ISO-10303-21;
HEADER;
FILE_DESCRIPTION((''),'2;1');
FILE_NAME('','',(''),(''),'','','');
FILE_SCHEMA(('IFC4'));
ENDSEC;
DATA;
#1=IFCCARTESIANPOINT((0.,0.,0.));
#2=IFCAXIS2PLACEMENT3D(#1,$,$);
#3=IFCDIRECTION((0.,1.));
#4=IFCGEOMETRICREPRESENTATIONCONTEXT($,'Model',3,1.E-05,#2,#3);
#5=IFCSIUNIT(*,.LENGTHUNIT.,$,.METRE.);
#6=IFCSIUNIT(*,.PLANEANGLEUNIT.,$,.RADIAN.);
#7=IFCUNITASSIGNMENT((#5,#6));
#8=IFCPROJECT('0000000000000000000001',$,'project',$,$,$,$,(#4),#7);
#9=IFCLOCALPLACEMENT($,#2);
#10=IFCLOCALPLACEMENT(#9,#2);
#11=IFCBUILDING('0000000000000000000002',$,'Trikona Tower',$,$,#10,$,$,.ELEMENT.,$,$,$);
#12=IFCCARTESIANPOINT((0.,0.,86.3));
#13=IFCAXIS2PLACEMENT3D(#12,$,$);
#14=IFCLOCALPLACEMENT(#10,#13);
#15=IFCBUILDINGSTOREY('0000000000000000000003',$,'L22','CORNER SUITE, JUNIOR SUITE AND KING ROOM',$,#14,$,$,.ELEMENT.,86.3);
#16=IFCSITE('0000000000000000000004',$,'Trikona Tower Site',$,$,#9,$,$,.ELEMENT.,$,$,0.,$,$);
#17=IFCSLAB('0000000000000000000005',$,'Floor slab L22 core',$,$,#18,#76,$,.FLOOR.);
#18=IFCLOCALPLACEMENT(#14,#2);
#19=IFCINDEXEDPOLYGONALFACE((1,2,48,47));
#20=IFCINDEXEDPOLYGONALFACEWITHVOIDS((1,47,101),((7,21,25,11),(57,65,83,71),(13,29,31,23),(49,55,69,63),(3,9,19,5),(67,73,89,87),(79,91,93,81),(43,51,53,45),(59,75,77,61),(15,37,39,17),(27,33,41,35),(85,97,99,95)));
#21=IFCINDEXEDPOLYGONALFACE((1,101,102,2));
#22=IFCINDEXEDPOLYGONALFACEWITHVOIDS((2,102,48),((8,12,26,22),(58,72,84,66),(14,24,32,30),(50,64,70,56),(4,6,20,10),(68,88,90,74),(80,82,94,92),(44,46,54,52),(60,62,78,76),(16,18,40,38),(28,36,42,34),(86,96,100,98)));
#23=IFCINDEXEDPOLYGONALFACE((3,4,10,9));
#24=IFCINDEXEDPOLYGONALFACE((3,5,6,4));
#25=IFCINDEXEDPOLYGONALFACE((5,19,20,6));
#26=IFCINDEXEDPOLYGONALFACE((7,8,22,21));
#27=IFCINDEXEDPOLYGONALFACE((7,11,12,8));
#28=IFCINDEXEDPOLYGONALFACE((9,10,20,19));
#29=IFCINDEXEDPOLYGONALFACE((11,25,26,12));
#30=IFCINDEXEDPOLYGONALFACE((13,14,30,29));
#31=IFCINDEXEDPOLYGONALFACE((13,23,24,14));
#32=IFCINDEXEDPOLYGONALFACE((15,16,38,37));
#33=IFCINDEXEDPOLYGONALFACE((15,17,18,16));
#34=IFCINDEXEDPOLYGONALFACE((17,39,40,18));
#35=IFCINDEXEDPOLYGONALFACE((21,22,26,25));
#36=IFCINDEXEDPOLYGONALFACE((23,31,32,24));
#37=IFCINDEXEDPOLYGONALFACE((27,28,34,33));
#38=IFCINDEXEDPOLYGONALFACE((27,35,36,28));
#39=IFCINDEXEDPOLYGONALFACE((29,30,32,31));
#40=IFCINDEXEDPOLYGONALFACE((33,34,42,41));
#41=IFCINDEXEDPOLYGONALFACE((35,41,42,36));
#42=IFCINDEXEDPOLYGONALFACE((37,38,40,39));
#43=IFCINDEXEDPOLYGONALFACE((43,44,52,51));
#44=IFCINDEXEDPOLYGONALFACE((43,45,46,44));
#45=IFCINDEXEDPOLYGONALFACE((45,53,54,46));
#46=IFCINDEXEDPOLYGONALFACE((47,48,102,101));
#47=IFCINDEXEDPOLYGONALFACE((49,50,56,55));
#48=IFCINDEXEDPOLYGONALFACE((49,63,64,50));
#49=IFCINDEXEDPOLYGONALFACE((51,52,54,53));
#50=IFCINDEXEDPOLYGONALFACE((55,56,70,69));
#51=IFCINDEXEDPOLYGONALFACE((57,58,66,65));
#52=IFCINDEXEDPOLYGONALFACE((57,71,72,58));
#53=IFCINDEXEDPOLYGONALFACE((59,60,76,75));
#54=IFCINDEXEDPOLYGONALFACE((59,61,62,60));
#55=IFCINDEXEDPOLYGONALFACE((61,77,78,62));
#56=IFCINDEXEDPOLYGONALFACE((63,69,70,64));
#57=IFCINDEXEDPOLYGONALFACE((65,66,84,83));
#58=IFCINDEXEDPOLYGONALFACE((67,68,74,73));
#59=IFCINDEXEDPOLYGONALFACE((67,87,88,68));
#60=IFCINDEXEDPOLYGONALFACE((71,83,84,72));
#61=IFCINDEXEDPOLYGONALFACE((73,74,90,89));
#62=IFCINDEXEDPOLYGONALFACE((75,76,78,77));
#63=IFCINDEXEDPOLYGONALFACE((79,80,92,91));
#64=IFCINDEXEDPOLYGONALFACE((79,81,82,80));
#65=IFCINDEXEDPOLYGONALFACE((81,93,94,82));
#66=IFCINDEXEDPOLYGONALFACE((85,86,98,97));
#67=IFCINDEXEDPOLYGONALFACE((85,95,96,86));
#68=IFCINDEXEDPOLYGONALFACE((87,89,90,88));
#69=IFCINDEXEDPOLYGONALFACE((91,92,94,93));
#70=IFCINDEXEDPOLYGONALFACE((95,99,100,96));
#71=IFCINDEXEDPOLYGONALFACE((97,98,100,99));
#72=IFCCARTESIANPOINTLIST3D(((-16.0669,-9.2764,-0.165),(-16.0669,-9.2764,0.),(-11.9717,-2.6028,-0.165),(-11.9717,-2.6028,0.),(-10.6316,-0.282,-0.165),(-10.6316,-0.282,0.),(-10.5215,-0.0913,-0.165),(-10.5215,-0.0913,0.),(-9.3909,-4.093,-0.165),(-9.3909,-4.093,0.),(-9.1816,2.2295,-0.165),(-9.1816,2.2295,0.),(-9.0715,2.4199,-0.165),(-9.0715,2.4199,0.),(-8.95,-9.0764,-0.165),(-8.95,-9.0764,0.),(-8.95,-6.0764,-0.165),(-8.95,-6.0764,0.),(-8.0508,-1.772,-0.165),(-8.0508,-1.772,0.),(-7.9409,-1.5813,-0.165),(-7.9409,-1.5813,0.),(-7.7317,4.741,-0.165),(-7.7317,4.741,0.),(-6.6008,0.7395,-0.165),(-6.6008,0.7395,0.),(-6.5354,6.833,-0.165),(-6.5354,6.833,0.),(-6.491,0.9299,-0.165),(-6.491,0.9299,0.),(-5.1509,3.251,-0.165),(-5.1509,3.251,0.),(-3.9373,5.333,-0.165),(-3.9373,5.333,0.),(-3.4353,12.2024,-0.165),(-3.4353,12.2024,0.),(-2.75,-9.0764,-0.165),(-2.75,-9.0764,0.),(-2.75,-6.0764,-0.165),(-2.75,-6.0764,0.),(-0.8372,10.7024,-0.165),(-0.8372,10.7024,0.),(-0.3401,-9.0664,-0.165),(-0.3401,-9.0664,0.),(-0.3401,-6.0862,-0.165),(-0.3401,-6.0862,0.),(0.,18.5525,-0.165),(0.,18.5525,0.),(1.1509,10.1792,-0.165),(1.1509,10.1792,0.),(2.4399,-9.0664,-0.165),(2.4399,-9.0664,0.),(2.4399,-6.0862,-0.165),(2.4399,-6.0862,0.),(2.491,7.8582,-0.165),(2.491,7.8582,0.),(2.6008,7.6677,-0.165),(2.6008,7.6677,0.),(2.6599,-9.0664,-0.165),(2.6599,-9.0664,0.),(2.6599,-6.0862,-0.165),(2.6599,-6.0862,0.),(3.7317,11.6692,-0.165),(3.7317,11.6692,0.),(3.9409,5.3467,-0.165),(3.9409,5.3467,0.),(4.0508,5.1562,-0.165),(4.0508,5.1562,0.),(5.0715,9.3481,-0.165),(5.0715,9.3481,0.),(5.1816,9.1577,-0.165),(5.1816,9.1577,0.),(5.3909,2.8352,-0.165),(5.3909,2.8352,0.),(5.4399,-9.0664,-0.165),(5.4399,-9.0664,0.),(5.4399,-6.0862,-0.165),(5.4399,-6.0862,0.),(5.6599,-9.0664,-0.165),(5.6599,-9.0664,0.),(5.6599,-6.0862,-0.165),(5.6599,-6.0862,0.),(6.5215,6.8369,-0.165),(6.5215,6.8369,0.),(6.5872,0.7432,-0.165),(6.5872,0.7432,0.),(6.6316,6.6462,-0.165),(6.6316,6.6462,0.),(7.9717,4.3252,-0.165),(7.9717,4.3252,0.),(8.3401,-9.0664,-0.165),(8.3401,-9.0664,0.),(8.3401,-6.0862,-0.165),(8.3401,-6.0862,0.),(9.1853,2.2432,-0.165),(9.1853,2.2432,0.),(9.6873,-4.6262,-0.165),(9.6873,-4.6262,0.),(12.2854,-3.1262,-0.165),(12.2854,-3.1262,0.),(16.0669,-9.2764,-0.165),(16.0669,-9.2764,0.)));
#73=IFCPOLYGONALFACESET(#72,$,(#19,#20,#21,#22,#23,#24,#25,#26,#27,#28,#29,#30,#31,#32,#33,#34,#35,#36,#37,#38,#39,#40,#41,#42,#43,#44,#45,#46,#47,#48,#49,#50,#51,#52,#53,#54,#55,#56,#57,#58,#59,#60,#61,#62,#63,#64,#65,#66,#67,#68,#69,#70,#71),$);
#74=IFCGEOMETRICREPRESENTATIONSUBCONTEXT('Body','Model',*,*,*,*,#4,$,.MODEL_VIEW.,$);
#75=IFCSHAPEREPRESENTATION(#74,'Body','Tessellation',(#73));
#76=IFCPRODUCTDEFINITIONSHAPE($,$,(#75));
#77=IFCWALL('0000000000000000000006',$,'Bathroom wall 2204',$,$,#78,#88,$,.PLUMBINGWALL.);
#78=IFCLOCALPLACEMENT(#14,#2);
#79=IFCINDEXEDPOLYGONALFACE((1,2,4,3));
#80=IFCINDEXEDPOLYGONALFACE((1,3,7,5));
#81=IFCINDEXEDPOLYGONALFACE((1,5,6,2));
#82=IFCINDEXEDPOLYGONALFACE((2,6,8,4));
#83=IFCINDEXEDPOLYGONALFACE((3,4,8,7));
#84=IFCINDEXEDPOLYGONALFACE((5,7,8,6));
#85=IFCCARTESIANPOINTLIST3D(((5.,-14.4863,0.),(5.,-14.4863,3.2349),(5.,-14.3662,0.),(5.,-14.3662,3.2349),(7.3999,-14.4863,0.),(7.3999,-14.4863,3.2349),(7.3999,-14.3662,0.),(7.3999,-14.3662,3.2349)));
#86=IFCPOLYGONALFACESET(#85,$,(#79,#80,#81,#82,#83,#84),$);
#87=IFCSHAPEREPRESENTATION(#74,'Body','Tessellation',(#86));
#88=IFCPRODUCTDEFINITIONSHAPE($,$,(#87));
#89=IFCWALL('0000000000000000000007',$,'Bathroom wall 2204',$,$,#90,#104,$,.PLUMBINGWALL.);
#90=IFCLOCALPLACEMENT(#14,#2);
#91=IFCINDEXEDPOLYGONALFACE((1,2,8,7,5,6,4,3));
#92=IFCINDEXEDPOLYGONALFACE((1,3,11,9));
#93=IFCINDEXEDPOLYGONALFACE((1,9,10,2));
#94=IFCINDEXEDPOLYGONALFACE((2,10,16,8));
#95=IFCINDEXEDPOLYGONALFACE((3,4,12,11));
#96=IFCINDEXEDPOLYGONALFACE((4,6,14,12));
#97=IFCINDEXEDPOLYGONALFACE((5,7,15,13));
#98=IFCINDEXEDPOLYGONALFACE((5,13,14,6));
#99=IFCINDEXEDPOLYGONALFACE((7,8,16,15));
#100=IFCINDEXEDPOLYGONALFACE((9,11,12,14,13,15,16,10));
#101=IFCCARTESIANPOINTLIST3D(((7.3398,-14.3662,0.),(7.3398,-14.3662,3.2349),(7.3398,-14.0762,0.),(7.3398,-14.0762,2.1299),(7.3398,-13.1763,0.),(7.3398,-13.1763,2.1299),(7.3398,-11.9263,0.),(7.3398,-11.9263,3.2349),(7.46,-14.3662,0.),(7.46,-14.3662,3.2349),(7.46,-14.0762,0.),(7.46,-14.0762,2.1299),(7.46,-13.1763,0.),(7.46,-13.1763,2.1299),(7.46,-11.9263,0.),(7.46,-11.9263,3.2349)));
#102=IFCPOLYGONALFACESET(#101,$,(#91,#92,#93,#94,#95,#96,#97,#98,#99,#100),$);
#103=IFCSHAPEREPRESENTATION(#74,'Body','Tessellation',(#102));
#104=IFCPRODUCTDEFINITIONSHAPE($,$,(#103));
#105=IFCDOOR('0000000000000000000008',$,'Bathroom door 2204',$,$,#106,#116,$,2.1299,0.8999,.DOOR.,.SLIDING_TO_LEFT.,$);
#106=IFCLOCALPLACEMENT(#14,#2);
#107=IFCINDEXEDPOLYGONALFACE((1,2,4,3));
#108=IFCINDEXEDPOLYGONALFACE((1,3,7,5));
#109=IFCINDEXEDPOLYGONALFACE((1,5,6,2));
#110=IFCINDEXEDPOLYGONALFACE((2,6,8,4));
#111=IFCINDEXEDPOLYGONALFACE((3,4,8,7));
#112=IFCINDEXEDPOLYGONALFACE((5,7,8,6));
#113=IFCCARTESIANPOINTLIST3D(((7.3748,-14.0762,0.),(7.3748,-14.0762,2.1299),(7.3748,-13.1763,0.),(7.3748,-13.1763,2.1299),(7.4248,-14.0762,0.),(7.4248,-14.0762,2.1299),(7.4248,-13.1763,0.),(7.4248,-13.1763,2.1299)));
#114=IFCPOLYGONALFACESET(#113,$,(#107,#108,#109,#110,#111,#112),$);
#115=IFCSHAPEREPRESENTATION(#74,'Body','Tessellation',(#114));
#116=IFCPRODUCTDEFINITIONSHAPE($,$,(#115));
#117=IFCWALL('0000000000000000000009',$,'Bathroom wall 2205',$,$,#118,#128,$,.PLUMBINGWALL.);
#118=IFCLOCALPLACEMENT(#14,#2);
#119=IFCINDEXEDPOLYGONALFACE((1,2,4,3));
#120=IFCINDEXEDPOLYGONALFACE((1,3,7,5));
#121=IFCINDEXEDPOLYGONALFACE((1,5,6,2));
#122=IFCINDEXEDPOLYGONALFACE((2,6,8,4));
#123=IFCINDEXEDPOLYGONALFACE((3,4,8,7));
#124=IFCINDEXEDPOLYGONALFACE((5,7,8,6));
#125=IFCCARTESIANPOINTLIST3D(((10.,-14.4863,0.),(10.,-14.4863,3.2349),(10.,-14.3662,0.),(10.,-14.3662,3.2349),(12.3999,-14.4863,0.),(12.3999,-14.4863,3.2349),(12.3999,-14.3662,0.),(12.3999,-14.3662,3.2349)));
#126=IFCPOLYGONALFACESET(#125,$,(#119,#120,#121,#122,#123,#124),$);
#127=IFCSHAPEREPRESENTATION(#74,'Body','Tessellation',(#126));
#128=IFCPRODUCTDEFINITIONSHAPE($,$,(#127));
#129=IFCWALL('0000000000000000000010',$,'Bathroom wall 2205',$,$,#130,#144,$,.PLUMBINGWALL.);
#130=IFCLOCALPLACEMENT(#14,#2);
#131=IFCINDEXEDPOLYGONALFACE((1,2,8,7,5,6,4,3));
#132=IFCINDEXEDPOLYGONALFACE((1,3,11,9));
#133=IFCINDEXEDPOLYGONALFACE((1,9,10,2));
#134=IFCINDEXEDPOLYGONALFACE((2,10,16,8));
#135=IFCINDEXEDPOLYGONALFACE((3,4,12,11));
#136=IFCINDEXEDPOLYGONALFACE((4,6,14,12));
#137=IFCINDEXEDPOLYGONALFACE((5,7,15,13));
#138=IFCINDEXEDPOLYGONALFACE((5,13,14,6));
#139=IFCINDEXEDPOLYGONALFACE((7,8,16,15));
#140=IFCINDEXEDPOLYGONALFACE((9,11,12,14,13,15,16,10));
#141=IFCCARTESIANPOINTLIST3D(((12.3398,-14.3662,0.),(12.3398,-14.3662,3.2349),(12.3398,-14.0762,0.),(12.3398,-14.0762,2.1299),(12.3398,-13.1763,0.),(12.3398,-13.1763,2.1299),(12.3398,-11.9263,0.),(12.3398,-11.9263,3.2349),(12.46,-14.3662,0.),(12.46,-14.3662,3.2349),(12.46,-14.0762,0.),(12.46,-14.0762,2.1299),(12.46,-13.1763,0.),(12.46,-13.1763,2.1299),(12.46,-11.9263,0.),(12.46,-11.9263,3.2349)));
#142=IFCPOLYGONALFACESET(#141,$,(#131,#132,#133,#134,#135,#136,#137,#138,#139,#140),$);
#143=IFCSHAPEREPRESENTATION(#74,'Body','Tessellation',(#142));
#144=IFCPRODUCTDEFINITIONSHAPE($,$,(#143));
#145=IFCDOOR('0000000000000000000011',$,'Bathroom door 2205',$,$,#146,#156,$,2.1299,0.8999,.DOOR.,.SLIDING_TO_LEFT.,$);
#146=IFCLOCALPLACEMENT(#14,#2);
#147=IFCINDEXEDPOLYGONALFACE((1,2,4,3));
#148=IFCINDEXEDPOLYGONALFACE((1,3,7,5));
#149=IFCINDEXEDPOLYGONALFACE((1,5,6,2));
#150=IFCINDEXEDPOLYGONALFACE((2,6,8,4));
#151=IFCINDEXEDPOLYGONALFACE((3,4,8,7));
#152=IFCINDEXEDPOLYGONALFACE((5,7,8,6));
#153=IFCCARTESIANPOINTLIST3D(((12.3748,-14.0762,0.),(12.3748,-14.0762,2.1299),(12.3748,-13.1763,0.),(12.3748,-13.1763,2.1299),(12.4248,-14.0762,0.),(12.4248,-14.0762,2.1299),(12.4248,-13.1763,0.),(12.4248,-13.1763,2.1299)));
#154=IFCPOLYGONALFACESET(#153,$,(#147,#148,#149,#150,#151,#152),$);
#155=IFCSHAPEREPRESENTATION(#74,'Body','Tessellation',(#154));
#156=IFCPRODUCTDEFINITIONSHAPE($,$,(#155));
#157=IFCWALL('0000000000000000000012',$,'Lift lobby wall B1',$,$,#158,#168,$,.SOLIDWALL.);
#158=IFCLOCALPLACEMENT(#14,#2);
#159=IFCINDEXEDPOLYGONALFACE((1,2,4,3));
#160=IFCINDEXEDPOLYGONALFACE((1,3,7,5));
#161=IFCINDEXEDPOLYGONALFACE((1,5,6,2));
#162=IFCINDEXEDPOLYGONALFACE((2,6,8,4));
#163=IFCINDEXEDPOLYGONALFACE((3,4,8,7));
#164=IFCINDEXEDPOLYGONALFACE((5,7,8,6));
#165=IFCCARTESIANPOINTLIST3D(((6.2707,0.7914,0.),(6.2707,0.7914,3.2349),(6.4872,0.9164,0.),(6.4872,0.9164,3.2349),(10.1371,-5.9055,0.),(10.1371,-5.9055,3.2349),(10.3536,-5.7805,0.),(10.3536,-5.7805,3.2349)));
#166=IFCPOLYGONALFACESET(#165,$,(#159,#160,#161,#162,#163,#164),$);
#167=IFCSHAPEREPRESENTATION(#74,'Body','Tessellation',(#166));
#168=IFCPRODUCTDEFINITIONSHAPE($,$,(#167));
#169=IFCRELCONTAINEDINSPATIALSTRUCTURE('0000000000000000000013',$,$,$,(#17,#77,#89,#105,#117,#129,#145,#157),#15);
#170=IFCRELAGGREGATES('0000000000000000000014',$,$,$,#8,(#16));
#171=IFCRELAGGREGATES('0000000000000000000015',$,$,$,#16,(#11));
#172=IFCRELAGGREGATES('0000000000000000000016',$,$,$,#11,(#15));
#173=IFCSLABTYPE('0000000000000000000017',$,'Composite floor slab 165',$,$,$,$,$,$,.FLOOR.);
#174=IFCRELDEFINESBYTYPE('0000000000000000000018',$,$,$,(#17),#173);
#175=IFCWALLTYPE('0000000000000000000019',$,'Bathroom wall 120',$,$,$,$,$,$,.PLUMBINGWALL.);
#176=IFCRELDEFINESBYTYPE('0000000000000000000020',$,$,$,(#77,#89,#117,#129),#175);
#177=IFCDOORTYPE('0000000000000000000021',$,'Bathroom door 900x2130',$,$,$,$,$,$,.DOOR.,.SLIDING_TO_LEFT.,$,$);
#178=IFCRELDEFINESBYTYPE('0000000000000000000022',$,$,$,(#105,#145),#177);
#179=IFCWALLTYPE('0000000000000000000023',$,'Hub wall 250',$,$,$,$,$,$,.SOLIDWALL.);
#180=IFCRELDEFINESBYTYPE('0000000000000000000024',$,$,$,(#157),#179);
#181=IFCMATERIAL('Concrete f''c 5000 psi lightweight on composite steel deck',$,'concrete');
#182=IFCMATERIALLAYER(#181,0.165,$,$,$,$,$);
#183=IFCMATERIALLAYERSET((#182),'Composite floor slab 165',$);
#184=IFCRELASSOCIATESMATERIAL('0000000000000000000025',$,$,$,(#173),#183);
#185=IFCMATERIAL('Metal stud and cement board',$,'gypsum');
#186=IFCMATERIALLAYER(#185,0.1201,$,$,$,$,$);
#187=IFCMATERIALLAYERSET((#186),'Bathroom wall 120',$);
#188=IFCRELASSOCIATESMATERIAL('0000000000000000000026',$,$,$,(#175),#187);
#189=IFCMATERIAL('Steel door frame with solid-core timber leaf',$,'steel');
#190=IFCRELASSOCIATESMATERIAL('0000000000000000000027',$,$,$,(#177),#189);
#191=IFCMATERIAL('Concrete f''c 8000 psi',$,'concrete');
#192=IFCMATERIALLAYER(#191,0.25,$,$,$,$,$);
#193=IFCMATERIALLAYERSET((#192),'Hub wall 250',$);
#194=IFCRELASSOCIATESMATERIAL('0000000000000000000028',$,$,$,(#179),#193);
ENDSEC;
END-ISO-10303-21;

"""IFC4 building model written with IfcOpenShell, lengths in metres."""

from ifc_helpers import new_model, si_unit, direction, frame, frame_2d, origin, place, context, subcontext, project, spatial, polyline, rectangle, outline, extrude, material, layer, layer_set, type_object, element, fill, save


model = new_model("IFC4")

# Units and contexts
model_context = context("Model", 3, precision=1e-05, world=origin(), true_north=direction((0.0, 1.0)))
body_context = subcontext(model_context, "Body", "Model", "MODEL_VIEW")
ifc_project = project(units=[si_unit("LENGTHUNIT", "METRE"), si_unit("PLANEANGLEUNIT", "RADIAN")], contexts=[model_context])

# Site, building, storey
site_placement = place(None, origin())
site = spatial("IfcSite", under=ifc_project, at=site_placement, Name="Trikona Tower Site", CompositionType="ELEMENT", RefElevation=0.0)
building_placement = place(site_placement, origin())
building = spatial("IfcBuilding", under=site, at=building_placement, Name="Trikona Tower", CompositionType="ELEMENT")
storey_placement = place(building_placement, frame((0.0, 0.0, 86.3)))
storey = spatial("IfcBuildingStorey", under=building, at=storey_placement, Name="L22", Description="CORNER SUITE, JUNIOR SUITE AND KING ROOM", CompositionType="ELEMENT", Elevation=86.3)

# Slab
ifc_material_1 = material(Name="Concrete f'c 5000 psi lightweight on composite steel deck", Category="concrete")
ifc_layer_1 = layer(ifc_material_1, 0.165)
ifc_layer_set_1 = layer_set([ifc_layer_1], Name="Composite floor slab 165")
slab_type = type_object("IfcSlabType", Name="Composite floor slab 165", PredefinedType="FLOOR", material=ifc_layer_set_1)
slab_placement = place(storey_placement, frame((0.0, 0.0, -0.165)))
element("IfcSlab", 1, at=slab_placement, inside=storey, type_object=slab_type, Name="Floor slab L22 core", PredefinedType="FLOOR", context=body_context, shape_type="SweptSolid", body=[
    extrude(outline(polyline([(-16.0669, -9.2764), (16.0669, -9.2764), (0.0, 18.5525), (-16.0669, -9.2764)]), holes=[polyline([(12.2854, -3.1262), (9.1853, 2.2432), (6.5872, 0.7432), (9.6873, -4.6262), (12.2854, -3.1262)]), polyline([(8.3401, -9.0664), (8.3401, -6.0862), (5.6599, -6.0862), (5.6599, -9.0664), (8.3401, -9.0664)]), polyline([(5.3909, 2.8352), (7.9717, 4.3252), (6.6316, 6.6462), (4.0508, 5.1562), (5.3909, 2.8352)]), polyline([(2.6008, 7.6677), (3.9409, 5.3467), (6.5215, 6.8369), (5.1816, 9.1577), (2.6008, 7.6677)]), polyline([(5.4399, -6.0862), (2.6599, -6.0862), (2.6599, -9.0664), (5.4399, -9.0664), (5.4399, -6.0862)]), polyline([(3.7317, 11.6692), (1.1509, 10.1792), (2.491, 7.8582), (5.0715, 9.3481), (3.7317, 11.6692)]), polyline([(-0.3401, -6.0862), (-0.3401, -9.0664), (2.4399, -9.0664), (2.4399, -6.0862), (-0.3401, -6.0862)]), polyline([(-3.4353, 12.2024), (-6.5354, 6.833), (-3.9373, 5.333), (-0.8372, 10.7024), (-3.4353, 12.2024)]), polyline([(-8.95, -9.0764), (-2.75, -9.0764), (-2.75, -6.0764), (-8.95, -6.0764), (-8.95, -9.0764)]), polyline([(-5.1509, 3.251), (-7.7317, 4.741), (-9.0715, 2.4199), (-6.491, 0.9299), (-5.1509, 3.251)]), polyline([(-7.9409, -1.5813), (-6.6008, 0.7395), (-9.1816, 2.2295), (-10.5215, -0.0913), (-7.9409, -1.5813)]), polyline([(-11.9717, -2.6028), (-9.3909, -4.093), (-8.0508, -1.772), (-10.6316, -0.282), (-11.9717, -2.6028)])]), origin(), (0.0, 0.0, 1.0), 0.165),
])

# Wall
ifc_material_2 = material(Name="Metal stud and cement board", Category="gypsum")
ifc_layer_2 = layer(ifc_material_2, 0.1201)
ifc_layer_set_2 = layer_set([ifc_layer_2], Name="Bathroom wall 120")
wall_type_1 = type_object("IfcWallType", Name="Bathroom wall 120", PredefinedType="PLUMBINGWALL", material=ifc_layer_set_2)
wall_1_placement = place(storey_placement, frame((5.0, -14.4263, 0.0), z_axis=(0.0, 0.0, 1.0), x_axis=(1.0, 0.0, 0.0)))
element("IfcWall", 2, at=wall_1_placement, inside=storey, type_object=wall_type_1, Name="Bathroom wall 2204", PredefinedType="PLUMBINGWALL", context=body_context, shape_type="SweptSolid", body=[
    extrude(rectangle(XDim=2.3999, YDim=0.1201, at=frame_2d((1.2, 0.0))), origin(), (0.0, 0.0, 1.0), 3.2349),
])

# Wall, opening, door
wall_2_placement = place(storey_placement, frame((7.3999, -11.9263, 0.0), z_axis=(0.0, 0.0, 1.0), x_axis=(0.0, -1.0, 0.0)))
wall_2 = element("IfcWall", 3, at=wall_2_placement, inside=storey, type_object=wall_type_1, Name="Bathroom wall 2204", PredefinedType="PLUMBINGWALL", context=body_context, shape_type="SweptSolid", body=[
    extrude(rectangle(XDim=2.4399, YDim=0.1201, at=frame_2d((1.22, 0.0))), origin(), (0.0, 0.0, 1.0), 3.2349),
])
opening_1_placement = place(wall_2_placement, frame((1.25, 0.0, 0.0)))
opening_1 = element("IfcOpeningElement", 4, at=opening_1_placement, cuts=wall_2, PredefinedType="OPENING", context=body_context, shape_type="SweptSolid", body=[
    extrude(rectangle(XDim=0.8999, YDim=2.1299, at=frame_2d((0.45, 1.0649))), frame((0.0, 0.0701, 0.0), z_axis=(0.0, -1.0, 0.0), x_axis=(1.0, 0.0, 0.0)), (0.0, 0.0, 1.0), 0.1401),
])
ifc_material_3 = material(Name="Steel door frame with solid-core timber leaf", Category="steel")
door_type = type_object("IfcDoorType", Name="Bathroom door 900x2130", OperationType="SLIDING_TO_LEFT", PredefinedType="DOOR", material=ifc_material_3)
door_1_placement = place(opening_1_placement, origin())
door_1 = element("IfcDoor", 5, at=door_1_placement, inside=storey, type_object=door_type, Name="Bathroom door 2204", OperationType="SLIDING_TO_LEFT", OverallHeight=2.1299, OverallWidth=0.8999, PredefinedType="DOOR", context=body_context, shape_type="SweptSolid", body=[
    extrude(rectangle(XDim=0.8999, YDim=2.1299, at=frame_2d((0.45, 1.0649))), frame((0.0, 0.0249, 0.0), z_axis=(0.0, -1.0, 0.0), x_axis=(1.0, 0.0, 0.0)), (0.0, 0.0, 1.0), 0.05),
])
fill(opening_1, door_1)

# Wall
wall_3_placement = place(storey_placement, frame((10.0, -14.4263, 0.0), z_axis=(0.0, 0.0, 1.0), x_axis=(1.0, 0.0, 0.0)))
element("IfcWall", 6, at=wall_3_placement, inside=storey, type_object=wall_type_1, Name="Bathroom wall 2205", PredefinedType="PLUMBINGWALL", context=body_context, shape_type="SweptSolid", body=[
    extrude(rectangle(XDim=2.3999, YDim=0.1201, at=frame_2d((1.2, 0.0))), origin(), (0.0, 0.0, 1.0), 3.2349),
])

# Wall, opening, door
wall_4_placement = place(storey_placement, frame((12.3999, -11.9263, 0.0), z_axis=(0.0, 0.0, 1.0), x_axis=(0.0, -1.0, 0.0)))
wall_4 = element("IfcWall", 7, at=wall_4_placement, inside=storey, type_object=wall_type_1, Name="Bathroom wall 2205", PredefinedType="PLUMBINGWALL", context=body_context, shape_type="SweptSolid", body=[
    extrude(rectangle(XDim=2.4399, YDim=0.1201, at=frame_2d((1.22, 0.0))), origin(), (0.0, 0.0, 1.0), 3.2349),
])
opening_2_placement = place(wall_4_placement, frame((1.25, 0.0, 0.0)))
opening_2 = element("IfcOpeningElement", 8, at=opening_2_placement, cuts=wall_4, PredefinedType="OPENING", context=body_context, shape_type="SweptSolid", body=[
    extrude(rectangle(XDim=0.8999, YDim=2.1299, at=frame_2d((0.45, 1.0649))), frame((0.0, 0.0701, 0.0), z_axis=(0.0, -1.0, 0.0), x_axis=(1.0, 0.0, 0.0)), (0.0, 0.0, 1.0), 0.1401),
])
door_2_placement = place(opening_2_placement, origin())
door_2 = element("IfcDoor", 9, at=door_2_placement, inside=storey, type_object=door_type, Name="Bathroom door 2205", OperationType="SLIDING_TO_LEFT", OverallHeight=2.1299, OverallWidth=0.8999, PredefinedType="DOOR", context=body_context, shape_type="SweptSolid", body=[
    extrude(rectangle(XDim=0.8999, YDim=2.1299, at=frame_2d((0.45, 1.0649))), frame((0.0, 0.0249, 0.0), z_axis=(0.0, -1.0, 0.0), x_axis=(1.0, 0.0, 0.0)), (0.0, 0.0, 1.0), 0.05),
])
fill(opening_2, door_2)

# Wall
ifc_material_4 = material(Name="Concrete f'c 8000 psi", Category="concrete")
ifc_layer_3 = layer(ifc_material_4, 0.25)
ifc_layer_set_3 = layer_set([ifc_layer_3], Name="Hub wall 250")
wall_type_2 = type_object("IfcWallType", Name="Hub wall 250", PredefinedType="SOLIDWALL", material=ifc_layer_set_3)
wall_5_placement = place(storey_placement, frame((10.2454, -5.843, 0.0), z_axis=(0.0, 0.0, 1.0), x_axis=(-0.499993, 0.866029, 0.0)))
element("IfcWall", 10, at=wall_5_placement, inside=storey, type_object=wall_type_2, Name="Lift lobby wall B1", PredefinedType="SOLIDWALL", context=body_context, shape_type="SweptSolid", body=[
    extrude(rectangle(XDim=7.7329, YDim=0.25, at=frame_2d((3.8665, 0.0))), origin(), (0.0, 0.0, 1.0), 3.2349),
])

save(model, "model.ifc")
